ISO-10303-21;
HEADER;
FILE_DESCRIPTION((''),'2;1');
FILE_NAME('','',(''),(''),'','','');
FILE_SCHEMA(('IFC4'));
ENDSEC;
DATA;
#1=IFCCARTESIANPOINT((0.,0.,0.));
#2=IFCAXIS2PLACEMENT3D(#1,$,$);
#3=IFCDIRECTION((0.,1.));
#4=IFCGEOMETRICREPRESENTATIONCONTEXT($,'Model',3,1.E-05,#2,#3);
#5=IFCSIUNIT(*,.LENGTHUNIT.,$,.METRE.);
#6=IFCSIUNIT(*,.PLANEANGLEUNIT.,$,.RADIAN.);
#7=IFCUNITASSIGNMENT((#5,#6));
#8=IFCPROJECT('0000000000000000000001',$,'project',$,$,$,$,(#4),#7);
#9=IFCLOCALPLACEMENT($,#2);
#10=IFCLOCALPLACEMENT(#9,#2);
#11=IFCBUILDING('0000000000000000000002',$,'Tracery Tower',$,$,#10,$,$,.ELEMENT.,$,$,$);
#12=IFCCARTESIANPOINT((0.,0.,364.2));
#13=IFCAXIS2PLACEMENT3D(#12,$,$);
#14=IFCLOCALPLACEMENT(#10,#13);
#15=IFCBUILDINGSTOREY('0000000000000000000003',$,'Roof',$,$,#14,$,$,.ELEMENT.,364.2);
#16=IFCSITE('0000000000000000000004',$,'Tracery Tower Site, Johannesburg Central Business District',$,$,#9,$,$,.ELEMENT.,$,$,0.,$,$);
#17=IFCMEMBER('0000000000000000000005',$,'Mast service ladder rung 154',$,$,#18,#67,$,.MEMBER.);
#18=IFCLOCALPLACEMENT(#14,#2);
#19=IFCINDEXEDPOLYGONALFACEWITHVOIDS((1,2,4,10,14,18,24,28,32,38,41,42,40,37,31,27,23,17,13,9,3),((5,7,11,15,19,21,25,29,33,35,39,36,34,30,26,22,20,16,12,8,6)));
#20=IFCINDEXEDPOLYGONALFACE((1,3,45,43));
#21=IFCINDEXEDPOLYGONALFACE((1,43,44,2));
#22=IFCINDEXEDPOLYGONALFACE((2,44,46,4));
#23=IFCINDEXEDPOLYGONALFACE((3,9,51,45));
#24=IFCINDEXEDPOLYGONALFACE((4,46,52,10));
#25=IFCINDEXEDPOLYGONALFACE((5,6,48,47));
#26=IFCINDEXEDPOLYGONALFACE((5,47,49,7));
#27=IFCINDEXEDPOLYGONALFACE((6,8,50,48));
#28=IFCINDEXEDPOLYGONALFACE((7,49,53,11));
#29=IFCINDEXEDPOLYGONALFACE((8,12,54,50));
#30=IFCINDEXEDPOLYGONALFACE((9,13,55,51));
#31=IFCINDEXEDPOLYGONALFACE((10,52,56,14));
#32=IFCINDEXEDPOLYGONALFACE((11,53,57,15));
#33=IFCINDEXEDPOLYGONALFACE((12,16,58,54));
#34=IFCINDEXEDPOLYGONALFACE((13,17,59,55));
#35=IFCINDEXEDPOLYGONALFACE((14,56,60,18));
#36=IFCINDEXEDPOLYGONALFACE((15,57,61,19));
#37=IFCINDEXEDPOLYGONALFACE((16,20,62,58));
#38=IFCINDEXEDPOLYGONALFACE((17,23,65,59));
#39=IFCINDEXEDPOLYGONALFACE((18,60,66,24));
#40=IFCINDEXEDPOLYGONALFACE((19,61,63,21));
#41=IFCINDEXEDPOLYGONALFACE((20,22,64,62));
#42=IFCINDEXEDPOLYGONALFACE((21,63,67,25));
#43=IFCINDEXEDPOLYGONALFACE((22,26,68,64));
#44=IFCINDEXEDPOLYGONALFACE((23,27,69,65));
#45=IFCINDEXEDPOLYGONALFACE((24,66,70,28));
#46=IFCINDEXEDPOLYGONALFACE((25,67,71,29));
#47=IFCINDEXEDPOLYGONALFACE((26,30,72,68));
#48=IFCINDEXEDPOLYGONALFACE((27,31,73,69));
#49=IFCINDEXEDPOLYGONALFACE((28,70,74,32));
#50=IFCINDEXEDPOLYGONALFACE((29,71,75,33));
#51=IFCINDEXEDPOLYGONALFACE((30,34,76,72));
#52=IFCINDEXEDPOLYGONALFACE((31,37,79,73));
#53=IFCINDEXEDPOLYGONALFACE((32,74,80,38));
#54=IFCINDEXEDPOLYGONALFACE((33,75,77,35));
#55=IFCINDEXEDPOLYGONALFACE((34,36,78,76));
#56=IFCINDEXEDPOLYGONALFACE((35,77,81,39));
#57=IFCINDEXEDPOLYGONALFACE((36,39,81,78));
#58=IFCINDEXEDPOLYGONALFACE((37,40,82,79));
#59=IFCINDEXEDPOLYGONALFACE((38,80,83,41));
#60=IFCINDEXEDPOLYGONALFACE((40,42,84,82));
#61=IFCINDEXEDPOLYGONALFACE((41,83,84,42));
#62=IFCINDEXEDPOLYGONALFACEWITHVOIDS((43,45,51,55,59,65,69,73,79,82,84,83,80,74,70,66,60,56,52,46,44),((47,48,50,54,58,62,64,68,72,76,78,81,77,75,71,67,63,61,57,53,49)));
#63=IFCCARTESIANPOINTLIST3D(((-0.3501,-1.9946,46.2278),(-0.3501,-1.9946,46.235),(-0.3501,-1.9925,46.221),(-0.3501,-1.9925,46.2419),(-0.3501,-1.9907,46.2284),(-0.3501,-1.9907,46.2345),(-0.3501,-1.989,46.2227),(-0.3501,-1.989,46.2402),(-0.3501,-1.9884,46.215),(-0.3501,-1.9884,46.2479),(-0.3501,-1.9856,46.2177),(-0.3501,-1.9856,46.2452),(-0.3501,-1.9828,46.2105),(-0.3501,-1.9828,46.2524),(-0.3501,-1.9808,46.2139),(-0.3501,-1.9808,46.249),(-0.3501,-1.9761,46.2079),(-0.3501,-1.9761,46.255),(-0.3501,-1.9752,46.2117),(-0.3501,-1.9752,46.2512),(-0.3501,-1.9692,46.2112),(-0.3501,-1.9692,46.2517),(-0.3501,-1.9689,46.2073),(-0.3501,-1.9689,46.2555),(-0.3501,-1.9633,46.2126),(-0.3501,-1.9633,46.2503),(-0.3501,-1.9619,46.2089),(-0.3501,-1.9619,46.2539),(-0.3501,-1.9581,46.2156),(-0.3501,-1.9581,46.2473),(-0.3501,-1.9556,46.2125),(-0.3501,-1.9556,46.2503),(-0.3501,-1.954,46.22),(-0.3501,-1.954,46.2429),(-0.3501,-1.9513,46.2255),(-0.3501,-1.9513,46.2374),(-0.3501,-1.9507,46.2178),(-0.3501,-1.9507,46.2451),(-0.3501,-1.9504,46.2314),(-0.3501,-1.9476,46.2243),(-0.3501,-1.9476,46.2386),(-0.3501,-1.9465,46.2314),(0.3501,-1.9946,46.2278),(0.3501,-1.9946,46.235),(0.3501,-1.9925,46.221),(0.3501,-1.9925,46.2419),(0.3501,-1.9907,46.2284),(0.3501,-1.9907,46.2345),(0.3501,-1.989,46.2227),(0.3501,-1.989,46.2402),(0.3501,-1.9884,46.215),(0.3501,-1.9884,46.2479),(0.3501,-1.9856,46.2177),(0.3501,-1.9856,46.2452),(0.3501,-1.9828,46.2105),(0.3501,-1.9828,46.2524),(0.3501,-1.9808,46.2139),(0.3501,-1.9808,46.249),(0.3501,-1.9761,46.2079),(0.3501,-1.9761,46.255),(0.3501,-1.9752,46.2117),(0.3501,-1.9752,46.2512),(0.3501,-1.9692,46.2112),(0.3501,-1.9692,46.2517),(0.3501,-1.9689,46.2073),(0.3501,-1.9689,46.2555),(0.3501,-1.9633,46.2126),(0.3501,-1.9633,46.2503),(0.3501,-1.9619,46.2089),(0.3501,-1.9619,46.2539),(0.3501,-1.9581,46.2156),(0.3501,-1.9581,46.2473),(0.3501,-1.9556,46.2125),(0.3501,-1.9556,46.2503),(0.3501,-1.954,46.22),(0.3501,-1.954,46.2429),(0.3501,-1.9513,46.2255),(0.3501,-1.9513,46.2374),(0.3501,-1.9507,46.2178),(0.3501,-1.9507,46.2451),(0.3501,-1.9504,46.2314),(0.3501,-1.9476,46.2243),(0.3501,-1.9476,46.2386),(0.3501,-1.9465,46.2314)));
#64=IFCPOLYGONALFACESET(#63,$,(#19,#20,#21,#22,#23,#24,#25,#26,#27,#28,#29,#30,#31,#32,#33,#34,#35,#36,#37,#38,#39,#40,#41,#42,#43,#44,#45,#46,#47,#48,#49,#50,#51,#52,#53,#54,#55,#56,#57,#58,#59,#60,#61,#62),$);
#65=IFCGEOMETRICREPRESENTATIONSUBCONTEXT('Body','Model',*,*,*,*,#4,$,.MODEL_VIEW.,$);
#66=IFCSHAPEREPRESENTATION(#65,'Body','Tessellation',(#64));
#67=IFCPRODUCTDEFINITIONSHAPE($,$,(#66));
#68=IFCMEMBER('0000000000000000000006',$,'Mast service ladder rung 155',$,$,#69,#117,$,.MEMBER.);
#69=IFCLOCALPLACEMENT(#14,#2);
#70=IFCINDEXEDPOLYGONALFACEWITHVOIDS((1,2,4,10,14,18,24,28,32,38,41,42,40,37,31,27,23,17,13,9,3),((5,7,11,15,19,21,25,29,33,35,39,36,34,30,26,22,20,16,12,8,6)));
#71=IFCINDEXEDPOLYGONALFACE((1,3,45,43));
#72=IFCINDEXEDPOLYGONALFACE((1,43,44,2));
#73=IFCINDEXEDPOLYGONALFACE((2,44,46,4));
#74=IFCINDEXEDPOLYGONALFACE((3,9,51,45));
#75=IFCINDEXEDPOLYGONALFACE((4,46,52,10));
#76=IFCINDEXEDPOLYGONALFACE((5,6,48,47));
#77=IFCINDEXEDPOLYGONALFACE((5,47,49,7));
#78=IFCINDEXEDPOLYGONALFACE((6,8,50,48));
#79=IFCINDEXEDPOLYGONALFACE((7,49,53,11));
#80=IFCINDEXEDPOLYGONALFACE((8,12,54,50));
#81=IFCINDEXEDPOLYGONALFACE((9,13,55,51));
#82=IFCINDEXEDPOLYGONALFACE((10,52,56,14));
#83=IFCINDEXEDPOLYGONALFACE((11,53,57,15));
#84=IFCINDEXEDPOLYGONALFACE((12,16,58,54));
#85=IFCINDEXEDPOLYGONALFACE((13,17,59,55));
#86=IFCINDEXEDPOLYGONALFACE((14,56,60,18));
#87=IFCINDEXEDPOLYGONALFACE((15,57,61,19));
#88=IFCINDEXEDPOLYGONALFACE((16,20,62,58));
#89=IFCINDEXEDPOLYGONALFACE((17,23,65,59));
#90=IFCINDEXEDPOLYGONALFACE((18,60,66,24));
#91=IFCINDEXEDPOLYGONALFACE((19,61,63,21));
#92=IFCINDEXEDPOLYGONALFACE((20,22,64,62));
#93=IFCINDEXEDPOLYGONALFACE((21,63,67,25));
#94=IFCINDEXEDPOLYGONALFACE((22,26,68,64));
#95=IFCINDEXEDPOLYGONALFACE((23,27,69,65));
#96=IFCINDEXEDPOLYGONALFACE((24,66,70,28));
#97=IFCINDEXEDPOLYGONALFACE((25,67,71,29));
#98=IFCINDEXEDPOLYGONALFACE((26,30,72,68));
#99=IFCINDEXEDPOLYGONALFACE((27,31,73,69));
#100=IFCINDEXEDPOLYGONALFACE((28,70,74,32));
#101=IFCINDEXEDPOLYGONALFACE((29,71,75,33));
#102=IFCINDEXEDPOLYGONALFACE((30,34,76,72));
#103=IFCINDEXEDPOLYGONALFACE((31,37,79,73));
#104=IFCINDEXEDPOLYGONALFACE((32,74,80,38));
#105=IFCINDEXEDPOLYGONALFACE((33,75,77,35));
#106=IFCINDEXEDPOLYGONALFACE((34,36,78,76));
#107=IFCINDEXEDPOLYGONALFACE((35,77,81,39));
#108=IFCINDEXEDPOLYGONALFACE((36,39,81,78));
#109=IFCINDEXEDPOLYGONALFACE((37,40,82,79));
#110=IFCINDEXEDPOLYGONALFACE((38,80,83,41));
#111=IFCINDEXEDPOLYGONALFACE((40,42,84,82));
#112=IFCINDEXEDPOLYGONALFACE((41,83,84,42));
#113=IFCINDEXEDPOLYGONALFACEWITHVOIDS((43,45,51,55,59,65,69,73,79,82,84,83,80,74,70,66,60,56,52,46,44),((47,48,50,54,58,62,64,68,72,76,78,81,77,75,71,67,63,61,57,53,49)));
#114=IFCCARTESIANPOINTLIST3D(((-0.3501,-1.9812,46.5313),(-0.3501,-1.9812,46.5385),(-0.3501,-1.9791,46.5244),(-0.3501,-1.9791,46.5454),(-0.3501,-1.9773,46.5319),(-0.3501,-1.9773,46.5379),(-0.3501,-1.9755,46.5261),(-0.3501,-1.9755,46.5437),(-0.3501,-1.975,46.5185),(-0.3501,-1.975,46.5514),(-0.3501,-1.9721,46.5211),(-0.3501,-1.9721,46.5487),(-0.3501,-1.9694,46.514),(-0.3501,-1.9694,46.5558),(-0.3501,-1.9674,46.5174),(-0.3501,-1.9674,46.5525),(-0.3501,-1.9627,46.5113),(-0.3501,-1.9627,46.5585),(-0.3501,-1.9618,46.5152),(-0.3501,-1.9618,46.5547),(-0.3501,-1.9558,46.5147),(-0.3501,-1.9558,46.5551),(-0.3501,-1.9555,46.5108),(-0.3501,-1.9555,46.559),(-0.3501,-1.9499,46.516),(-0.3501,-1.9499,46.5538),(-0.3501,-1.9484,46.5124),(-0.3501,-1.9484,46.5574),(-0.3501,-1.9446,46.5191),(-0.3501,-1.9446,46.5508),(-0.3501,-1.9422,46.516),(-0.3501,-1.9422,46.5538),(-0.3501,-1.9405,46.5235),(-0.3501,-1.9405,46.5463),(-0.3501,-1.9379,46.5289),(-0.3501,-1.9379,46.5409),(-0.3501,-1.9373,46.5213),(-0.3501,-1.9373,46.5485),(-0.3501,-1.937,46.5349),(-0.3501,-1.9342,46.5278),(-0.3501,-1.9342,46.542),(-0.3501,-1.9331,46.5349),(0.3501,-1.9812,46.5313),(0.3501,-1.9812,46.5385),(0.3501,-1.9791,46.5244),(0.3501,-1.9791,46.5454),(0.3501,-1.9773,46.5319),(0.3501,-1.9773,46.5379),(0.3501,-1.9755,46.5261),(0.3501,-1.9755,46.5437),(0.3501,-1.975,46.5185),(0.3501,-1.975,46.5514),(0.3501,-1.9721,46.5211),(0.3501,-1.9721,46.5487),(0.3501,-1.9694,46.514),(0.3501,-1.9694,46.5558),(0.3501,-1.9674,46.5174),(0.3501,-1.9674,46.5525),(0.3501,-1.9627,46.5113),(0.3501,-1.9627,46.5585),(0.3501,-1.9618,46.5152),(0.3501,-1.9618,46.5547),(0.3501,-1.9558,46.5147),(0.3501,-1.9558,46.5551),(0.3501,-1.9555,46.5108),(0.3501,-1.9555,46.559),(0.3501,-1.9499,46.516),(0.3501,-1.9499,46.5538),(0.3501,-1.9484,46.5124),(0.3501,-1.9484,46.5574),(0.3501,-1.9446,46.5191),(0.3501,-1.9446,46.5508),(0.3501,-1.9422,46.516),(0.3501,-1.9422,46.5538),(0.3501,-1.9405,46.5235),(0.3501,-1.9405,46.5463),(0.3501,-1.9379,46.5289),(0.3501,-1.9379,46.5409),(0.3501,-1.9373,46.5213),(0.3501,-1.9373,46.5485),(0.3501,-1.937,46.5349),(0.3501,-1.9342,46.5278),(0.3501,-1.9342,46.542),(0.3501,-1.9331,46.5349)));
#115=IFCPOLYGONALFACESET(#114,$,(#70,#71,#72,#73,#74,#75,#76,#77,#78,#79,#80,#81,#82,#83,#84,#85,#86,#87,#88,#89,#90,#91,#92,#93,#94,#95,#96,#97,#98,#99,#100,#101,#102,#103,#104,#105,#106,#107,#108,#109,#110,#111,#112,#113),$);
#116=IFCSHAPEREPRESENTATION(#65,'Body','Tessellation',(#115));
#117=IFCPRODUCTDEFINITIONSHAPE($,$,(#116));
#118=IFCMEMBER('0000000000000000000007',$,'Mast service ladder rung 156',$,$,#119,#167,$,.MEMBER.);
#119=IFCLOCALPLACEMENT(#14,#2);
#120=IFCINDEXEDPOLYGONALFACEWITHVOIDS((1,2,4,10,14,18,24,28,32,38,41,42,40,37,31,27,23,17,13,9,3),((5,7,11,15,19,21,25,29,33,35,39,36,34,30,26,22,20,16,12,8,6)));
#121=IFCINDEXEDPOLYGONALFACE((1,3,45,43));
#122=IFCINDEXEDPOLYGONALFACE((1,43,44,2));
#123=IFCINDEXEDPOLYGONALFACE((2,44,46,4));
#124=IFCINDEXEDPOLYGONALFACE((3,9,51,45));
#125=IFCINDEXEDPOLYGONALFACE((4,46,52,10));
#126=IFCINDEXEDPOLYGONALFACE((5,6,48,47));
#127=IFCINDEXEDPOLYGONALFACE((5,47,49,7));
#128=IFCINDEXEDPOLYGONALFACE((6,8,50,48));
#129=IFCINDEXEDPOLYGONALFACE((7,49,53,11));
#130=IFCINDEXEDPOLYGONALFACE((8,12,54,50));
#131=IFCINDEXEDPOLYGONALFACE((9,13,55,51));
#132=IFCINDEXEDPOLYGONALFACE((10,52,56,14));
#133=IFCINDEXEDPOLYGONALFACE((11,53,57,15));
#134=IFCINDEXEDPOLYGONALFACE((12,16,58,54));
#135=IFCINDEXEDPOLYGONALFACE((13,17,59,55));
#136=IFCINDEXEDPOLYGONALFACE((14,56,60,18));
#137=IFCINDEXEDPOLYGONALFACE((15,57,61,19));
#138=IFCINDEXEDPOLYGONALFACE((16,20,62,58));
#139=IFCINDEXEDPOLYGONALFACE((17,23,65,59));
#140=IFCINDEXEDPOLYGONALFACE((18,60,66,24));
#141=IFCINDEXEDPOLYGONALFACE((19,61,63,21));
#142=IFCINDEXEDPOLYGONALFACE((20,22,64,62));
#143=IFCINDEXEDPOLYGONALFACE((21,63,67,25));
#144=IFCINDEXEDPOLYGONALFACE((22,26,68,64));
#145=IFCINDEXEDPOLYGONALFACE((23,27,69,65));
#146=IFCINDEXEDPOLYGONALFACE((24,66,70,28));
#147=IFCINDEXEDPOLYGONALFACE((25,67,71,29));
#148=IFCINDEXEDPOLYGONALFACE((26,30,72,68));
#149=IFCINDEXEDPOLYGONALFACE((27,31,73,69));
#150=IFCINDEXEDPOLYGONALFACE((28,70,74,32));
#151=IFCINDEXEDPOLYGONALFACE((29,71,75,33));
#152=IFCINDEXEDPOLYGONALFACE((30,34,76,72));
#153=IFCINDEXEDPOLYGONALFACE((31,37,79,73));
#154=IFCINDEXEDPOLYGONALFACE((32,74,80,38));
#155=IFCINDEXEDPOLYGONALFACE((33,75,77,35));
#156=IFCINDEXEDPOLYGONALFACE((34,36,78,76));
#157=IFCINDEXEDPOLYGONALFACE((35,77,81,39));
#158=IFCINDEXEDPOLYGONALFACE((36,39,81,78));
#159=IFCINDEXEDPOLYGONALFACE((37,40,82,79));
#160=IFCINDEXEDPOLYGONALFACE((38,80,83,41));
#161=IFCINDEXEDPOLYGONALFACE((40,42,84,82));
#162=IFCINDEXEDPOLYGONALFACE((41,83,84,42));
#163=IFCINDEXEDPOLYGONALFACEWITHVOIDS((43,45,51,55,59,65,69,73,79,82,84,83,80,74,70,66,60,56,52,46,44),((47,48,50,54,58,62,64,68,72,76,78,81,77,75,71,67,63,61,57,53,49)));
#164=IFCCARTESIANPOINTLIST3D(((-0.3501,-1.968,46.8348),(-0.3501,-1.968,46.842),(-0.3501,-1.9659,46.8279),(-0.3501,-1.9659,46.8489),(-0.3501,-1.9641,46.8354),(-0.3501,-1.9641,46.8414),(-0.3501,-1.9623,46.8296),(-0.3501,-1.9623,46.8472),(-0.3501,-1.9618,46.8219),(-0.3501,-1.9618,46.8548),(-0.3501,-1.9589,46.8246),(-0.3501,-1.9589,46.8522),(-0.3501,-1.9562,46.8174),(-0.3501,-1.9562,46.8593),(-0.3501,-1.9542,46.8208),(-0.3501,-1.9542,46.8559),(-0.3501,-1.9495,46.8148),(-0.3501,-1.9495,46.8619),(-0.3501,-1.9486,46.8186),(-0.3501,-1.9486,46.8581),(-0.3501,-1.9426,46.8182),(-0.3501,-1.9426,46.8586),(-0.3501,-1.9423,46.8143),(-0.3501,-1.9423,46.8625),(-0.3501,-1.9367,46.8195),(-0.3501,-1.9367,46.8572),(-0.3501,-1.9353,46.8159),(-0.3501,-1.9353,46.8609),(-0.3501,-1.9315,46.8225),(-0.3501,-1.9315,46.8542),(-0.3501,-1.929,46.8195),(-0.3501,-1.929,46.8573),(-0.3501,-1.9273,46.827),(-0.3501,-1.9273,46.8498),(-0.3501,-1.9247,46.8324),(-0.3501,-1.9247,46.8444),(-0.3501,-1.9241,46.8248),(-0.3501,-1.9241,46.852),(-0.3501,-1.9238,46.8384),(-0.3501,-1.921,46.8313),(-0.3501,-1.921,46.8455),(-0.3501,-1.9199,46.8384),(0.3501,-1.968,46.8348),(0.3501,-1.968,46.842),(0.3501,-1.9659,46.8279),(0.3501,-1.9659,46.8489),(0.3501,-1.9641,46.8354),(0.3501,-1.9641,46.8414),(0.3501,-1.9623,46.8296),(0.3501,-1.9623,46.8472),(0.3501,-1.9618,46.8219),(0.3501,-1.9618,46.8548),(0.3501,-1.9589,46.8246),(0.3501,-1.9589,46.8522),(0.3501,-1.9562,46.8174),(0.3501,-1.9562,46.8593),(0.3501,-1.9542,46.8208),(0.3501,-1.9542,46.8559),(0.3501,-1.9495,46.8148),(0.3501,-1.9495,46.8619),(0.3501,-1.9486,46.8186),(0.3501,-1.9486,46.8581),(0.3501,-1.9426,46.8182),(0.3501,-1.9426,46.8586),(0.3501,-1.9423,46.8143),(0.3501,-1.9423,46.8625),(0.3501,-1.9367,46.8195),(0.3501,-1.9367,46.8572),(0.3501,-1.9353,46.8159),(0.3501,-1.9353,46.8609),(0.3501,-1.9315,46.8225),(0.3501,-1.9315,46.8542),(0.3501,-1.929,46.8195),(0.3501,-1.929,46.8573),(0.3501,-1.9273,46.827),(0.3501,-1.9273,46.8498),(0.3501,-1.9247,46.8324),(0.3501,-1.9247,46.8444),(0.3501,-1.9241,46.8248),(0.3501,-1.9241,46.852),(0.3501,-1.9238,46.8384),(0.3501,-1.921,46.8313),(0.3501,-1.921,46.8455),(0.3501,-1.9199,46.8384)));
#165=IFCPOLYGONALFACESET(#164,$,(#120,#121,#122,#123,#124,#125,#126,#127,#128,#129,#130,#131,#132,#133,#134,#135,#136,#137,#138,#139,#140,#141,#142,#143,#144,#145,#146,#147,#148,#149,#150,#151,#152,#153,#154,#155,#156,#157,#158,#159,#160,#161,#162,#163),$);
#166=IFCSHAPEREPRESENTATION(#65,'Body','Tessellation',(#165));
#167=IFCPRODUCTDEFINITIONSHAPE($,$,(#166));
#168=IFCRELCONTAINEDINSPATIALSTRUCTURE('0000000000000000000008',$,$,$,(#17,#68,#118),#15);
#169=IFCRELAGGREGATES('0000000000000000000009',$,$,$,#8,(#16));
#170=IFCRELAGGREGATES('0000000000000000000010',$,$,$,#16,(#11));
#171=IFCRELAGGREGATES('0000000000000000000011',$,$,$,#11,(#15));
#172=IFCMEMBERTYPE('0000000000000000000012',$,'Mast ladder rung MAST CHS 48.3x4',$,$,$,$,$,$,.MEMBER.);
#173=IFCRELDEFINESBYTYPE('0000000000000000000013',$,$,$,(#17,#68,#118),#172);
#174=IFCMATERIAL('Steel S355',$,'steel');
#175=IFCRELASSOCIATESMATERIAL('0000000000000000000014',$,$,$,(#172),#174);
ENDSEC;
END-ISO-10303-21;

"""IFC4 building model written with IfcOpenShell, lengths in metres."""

from ifc_helpers import new_model, si_unit, direction, frame, origin, origin_2d, place, context, subcontext, project, spatial, hollow_circle, extrude, material, material_profile, profile_set, type_object, element, save


model = new_model("IFC4")

# Units and contexts
model_context = context("Model", 3, precision=1e-05, world=origin(), true_north=direction((0.0, 1.0)))
body_context = subcontext(model_context, "Body", "Model", "MODEL_VIEW")
ifc_project = project(units=[si_unit("LENGTHUNIT", "METRE"), si_unit("PLANEANGLEUNIT", "RADIAN")], contexts=[model_context])

# Site, building, storey
site_placement = place(None, origin())
site = spatial("IfcSite", under=ifc_project, at=site_placement, Name="Tracery Tower Site, Johannesburg Central Business District", CompositionType="ELEMENT", RefElevation=0.0)
building_placement = place(site_placement, origin())
building = spatial("IfcBuilding", under=site, at=building_placement, Name="Tracery Tower", CompositionType="ELEMENT")
storey_placement = place(building_placement, frame((0.0, 0.0, 364.2)))
storey = spatial("IfcBuildingStorey", under=building, at=storey_placement, Name="Roof", CompositionType="ELEMENT", Elevation=364.2)

# Members
ifc_material_1 = material(Name="Steel S355", Category="steel")
ifc_material_profile_1 = material_profile(ifc_material_1, hollow_circle(Radius=0.0242, WallThickness=0.0039, at=origin_2d()), Name="CHS 48.3x4")
ifc_profile_set_1 = profile_set([ifc_material_profile_1], Name="Steel S355")
member_type_1 = type_object("IfcMemberType", Name="Mast ladder rung MAST CHS 48.3x4", PredefinedType="MEMBER", material=ifc_profile_set_1)
for number, where, z_axis, x_axis, name in (
    (1, (-0.3501, -1.9707, 46.2314), (1.0, 0.0, 0.0), (0.0, 1.0, 0.0), "Mast service ladder rung 154"),
    (2, (-0.3501, -1.9573, 46.5349), (1.0, 0.0, 0.0), (0.0, 1.0, 0.0), "Mast service ladder rung 155"),
    (3, (-0.3501, -1.9441, 46.8384), (1.0, 0.0, 0.0), (0.0, 1.0, 0.0), "Mast service ladder rung 156"),
):
    element("IfcMember", number, at=place(storey_placement, frame(where, z_axis=z_axis, x_axis=x_axis)), inside=storey, type_object=member_type_1, Name=name, PredefinedType="MEMBER", context=body_context, shape_type="SweptSolid", body=[
        extrude(hollow_circle(Radius=0.0242, WallThickness=0.0039, at=origin_2d()), origin(), (0.0, 0.0, 1.0), 0.7002),
    ])

save(model, "model.ifc")
